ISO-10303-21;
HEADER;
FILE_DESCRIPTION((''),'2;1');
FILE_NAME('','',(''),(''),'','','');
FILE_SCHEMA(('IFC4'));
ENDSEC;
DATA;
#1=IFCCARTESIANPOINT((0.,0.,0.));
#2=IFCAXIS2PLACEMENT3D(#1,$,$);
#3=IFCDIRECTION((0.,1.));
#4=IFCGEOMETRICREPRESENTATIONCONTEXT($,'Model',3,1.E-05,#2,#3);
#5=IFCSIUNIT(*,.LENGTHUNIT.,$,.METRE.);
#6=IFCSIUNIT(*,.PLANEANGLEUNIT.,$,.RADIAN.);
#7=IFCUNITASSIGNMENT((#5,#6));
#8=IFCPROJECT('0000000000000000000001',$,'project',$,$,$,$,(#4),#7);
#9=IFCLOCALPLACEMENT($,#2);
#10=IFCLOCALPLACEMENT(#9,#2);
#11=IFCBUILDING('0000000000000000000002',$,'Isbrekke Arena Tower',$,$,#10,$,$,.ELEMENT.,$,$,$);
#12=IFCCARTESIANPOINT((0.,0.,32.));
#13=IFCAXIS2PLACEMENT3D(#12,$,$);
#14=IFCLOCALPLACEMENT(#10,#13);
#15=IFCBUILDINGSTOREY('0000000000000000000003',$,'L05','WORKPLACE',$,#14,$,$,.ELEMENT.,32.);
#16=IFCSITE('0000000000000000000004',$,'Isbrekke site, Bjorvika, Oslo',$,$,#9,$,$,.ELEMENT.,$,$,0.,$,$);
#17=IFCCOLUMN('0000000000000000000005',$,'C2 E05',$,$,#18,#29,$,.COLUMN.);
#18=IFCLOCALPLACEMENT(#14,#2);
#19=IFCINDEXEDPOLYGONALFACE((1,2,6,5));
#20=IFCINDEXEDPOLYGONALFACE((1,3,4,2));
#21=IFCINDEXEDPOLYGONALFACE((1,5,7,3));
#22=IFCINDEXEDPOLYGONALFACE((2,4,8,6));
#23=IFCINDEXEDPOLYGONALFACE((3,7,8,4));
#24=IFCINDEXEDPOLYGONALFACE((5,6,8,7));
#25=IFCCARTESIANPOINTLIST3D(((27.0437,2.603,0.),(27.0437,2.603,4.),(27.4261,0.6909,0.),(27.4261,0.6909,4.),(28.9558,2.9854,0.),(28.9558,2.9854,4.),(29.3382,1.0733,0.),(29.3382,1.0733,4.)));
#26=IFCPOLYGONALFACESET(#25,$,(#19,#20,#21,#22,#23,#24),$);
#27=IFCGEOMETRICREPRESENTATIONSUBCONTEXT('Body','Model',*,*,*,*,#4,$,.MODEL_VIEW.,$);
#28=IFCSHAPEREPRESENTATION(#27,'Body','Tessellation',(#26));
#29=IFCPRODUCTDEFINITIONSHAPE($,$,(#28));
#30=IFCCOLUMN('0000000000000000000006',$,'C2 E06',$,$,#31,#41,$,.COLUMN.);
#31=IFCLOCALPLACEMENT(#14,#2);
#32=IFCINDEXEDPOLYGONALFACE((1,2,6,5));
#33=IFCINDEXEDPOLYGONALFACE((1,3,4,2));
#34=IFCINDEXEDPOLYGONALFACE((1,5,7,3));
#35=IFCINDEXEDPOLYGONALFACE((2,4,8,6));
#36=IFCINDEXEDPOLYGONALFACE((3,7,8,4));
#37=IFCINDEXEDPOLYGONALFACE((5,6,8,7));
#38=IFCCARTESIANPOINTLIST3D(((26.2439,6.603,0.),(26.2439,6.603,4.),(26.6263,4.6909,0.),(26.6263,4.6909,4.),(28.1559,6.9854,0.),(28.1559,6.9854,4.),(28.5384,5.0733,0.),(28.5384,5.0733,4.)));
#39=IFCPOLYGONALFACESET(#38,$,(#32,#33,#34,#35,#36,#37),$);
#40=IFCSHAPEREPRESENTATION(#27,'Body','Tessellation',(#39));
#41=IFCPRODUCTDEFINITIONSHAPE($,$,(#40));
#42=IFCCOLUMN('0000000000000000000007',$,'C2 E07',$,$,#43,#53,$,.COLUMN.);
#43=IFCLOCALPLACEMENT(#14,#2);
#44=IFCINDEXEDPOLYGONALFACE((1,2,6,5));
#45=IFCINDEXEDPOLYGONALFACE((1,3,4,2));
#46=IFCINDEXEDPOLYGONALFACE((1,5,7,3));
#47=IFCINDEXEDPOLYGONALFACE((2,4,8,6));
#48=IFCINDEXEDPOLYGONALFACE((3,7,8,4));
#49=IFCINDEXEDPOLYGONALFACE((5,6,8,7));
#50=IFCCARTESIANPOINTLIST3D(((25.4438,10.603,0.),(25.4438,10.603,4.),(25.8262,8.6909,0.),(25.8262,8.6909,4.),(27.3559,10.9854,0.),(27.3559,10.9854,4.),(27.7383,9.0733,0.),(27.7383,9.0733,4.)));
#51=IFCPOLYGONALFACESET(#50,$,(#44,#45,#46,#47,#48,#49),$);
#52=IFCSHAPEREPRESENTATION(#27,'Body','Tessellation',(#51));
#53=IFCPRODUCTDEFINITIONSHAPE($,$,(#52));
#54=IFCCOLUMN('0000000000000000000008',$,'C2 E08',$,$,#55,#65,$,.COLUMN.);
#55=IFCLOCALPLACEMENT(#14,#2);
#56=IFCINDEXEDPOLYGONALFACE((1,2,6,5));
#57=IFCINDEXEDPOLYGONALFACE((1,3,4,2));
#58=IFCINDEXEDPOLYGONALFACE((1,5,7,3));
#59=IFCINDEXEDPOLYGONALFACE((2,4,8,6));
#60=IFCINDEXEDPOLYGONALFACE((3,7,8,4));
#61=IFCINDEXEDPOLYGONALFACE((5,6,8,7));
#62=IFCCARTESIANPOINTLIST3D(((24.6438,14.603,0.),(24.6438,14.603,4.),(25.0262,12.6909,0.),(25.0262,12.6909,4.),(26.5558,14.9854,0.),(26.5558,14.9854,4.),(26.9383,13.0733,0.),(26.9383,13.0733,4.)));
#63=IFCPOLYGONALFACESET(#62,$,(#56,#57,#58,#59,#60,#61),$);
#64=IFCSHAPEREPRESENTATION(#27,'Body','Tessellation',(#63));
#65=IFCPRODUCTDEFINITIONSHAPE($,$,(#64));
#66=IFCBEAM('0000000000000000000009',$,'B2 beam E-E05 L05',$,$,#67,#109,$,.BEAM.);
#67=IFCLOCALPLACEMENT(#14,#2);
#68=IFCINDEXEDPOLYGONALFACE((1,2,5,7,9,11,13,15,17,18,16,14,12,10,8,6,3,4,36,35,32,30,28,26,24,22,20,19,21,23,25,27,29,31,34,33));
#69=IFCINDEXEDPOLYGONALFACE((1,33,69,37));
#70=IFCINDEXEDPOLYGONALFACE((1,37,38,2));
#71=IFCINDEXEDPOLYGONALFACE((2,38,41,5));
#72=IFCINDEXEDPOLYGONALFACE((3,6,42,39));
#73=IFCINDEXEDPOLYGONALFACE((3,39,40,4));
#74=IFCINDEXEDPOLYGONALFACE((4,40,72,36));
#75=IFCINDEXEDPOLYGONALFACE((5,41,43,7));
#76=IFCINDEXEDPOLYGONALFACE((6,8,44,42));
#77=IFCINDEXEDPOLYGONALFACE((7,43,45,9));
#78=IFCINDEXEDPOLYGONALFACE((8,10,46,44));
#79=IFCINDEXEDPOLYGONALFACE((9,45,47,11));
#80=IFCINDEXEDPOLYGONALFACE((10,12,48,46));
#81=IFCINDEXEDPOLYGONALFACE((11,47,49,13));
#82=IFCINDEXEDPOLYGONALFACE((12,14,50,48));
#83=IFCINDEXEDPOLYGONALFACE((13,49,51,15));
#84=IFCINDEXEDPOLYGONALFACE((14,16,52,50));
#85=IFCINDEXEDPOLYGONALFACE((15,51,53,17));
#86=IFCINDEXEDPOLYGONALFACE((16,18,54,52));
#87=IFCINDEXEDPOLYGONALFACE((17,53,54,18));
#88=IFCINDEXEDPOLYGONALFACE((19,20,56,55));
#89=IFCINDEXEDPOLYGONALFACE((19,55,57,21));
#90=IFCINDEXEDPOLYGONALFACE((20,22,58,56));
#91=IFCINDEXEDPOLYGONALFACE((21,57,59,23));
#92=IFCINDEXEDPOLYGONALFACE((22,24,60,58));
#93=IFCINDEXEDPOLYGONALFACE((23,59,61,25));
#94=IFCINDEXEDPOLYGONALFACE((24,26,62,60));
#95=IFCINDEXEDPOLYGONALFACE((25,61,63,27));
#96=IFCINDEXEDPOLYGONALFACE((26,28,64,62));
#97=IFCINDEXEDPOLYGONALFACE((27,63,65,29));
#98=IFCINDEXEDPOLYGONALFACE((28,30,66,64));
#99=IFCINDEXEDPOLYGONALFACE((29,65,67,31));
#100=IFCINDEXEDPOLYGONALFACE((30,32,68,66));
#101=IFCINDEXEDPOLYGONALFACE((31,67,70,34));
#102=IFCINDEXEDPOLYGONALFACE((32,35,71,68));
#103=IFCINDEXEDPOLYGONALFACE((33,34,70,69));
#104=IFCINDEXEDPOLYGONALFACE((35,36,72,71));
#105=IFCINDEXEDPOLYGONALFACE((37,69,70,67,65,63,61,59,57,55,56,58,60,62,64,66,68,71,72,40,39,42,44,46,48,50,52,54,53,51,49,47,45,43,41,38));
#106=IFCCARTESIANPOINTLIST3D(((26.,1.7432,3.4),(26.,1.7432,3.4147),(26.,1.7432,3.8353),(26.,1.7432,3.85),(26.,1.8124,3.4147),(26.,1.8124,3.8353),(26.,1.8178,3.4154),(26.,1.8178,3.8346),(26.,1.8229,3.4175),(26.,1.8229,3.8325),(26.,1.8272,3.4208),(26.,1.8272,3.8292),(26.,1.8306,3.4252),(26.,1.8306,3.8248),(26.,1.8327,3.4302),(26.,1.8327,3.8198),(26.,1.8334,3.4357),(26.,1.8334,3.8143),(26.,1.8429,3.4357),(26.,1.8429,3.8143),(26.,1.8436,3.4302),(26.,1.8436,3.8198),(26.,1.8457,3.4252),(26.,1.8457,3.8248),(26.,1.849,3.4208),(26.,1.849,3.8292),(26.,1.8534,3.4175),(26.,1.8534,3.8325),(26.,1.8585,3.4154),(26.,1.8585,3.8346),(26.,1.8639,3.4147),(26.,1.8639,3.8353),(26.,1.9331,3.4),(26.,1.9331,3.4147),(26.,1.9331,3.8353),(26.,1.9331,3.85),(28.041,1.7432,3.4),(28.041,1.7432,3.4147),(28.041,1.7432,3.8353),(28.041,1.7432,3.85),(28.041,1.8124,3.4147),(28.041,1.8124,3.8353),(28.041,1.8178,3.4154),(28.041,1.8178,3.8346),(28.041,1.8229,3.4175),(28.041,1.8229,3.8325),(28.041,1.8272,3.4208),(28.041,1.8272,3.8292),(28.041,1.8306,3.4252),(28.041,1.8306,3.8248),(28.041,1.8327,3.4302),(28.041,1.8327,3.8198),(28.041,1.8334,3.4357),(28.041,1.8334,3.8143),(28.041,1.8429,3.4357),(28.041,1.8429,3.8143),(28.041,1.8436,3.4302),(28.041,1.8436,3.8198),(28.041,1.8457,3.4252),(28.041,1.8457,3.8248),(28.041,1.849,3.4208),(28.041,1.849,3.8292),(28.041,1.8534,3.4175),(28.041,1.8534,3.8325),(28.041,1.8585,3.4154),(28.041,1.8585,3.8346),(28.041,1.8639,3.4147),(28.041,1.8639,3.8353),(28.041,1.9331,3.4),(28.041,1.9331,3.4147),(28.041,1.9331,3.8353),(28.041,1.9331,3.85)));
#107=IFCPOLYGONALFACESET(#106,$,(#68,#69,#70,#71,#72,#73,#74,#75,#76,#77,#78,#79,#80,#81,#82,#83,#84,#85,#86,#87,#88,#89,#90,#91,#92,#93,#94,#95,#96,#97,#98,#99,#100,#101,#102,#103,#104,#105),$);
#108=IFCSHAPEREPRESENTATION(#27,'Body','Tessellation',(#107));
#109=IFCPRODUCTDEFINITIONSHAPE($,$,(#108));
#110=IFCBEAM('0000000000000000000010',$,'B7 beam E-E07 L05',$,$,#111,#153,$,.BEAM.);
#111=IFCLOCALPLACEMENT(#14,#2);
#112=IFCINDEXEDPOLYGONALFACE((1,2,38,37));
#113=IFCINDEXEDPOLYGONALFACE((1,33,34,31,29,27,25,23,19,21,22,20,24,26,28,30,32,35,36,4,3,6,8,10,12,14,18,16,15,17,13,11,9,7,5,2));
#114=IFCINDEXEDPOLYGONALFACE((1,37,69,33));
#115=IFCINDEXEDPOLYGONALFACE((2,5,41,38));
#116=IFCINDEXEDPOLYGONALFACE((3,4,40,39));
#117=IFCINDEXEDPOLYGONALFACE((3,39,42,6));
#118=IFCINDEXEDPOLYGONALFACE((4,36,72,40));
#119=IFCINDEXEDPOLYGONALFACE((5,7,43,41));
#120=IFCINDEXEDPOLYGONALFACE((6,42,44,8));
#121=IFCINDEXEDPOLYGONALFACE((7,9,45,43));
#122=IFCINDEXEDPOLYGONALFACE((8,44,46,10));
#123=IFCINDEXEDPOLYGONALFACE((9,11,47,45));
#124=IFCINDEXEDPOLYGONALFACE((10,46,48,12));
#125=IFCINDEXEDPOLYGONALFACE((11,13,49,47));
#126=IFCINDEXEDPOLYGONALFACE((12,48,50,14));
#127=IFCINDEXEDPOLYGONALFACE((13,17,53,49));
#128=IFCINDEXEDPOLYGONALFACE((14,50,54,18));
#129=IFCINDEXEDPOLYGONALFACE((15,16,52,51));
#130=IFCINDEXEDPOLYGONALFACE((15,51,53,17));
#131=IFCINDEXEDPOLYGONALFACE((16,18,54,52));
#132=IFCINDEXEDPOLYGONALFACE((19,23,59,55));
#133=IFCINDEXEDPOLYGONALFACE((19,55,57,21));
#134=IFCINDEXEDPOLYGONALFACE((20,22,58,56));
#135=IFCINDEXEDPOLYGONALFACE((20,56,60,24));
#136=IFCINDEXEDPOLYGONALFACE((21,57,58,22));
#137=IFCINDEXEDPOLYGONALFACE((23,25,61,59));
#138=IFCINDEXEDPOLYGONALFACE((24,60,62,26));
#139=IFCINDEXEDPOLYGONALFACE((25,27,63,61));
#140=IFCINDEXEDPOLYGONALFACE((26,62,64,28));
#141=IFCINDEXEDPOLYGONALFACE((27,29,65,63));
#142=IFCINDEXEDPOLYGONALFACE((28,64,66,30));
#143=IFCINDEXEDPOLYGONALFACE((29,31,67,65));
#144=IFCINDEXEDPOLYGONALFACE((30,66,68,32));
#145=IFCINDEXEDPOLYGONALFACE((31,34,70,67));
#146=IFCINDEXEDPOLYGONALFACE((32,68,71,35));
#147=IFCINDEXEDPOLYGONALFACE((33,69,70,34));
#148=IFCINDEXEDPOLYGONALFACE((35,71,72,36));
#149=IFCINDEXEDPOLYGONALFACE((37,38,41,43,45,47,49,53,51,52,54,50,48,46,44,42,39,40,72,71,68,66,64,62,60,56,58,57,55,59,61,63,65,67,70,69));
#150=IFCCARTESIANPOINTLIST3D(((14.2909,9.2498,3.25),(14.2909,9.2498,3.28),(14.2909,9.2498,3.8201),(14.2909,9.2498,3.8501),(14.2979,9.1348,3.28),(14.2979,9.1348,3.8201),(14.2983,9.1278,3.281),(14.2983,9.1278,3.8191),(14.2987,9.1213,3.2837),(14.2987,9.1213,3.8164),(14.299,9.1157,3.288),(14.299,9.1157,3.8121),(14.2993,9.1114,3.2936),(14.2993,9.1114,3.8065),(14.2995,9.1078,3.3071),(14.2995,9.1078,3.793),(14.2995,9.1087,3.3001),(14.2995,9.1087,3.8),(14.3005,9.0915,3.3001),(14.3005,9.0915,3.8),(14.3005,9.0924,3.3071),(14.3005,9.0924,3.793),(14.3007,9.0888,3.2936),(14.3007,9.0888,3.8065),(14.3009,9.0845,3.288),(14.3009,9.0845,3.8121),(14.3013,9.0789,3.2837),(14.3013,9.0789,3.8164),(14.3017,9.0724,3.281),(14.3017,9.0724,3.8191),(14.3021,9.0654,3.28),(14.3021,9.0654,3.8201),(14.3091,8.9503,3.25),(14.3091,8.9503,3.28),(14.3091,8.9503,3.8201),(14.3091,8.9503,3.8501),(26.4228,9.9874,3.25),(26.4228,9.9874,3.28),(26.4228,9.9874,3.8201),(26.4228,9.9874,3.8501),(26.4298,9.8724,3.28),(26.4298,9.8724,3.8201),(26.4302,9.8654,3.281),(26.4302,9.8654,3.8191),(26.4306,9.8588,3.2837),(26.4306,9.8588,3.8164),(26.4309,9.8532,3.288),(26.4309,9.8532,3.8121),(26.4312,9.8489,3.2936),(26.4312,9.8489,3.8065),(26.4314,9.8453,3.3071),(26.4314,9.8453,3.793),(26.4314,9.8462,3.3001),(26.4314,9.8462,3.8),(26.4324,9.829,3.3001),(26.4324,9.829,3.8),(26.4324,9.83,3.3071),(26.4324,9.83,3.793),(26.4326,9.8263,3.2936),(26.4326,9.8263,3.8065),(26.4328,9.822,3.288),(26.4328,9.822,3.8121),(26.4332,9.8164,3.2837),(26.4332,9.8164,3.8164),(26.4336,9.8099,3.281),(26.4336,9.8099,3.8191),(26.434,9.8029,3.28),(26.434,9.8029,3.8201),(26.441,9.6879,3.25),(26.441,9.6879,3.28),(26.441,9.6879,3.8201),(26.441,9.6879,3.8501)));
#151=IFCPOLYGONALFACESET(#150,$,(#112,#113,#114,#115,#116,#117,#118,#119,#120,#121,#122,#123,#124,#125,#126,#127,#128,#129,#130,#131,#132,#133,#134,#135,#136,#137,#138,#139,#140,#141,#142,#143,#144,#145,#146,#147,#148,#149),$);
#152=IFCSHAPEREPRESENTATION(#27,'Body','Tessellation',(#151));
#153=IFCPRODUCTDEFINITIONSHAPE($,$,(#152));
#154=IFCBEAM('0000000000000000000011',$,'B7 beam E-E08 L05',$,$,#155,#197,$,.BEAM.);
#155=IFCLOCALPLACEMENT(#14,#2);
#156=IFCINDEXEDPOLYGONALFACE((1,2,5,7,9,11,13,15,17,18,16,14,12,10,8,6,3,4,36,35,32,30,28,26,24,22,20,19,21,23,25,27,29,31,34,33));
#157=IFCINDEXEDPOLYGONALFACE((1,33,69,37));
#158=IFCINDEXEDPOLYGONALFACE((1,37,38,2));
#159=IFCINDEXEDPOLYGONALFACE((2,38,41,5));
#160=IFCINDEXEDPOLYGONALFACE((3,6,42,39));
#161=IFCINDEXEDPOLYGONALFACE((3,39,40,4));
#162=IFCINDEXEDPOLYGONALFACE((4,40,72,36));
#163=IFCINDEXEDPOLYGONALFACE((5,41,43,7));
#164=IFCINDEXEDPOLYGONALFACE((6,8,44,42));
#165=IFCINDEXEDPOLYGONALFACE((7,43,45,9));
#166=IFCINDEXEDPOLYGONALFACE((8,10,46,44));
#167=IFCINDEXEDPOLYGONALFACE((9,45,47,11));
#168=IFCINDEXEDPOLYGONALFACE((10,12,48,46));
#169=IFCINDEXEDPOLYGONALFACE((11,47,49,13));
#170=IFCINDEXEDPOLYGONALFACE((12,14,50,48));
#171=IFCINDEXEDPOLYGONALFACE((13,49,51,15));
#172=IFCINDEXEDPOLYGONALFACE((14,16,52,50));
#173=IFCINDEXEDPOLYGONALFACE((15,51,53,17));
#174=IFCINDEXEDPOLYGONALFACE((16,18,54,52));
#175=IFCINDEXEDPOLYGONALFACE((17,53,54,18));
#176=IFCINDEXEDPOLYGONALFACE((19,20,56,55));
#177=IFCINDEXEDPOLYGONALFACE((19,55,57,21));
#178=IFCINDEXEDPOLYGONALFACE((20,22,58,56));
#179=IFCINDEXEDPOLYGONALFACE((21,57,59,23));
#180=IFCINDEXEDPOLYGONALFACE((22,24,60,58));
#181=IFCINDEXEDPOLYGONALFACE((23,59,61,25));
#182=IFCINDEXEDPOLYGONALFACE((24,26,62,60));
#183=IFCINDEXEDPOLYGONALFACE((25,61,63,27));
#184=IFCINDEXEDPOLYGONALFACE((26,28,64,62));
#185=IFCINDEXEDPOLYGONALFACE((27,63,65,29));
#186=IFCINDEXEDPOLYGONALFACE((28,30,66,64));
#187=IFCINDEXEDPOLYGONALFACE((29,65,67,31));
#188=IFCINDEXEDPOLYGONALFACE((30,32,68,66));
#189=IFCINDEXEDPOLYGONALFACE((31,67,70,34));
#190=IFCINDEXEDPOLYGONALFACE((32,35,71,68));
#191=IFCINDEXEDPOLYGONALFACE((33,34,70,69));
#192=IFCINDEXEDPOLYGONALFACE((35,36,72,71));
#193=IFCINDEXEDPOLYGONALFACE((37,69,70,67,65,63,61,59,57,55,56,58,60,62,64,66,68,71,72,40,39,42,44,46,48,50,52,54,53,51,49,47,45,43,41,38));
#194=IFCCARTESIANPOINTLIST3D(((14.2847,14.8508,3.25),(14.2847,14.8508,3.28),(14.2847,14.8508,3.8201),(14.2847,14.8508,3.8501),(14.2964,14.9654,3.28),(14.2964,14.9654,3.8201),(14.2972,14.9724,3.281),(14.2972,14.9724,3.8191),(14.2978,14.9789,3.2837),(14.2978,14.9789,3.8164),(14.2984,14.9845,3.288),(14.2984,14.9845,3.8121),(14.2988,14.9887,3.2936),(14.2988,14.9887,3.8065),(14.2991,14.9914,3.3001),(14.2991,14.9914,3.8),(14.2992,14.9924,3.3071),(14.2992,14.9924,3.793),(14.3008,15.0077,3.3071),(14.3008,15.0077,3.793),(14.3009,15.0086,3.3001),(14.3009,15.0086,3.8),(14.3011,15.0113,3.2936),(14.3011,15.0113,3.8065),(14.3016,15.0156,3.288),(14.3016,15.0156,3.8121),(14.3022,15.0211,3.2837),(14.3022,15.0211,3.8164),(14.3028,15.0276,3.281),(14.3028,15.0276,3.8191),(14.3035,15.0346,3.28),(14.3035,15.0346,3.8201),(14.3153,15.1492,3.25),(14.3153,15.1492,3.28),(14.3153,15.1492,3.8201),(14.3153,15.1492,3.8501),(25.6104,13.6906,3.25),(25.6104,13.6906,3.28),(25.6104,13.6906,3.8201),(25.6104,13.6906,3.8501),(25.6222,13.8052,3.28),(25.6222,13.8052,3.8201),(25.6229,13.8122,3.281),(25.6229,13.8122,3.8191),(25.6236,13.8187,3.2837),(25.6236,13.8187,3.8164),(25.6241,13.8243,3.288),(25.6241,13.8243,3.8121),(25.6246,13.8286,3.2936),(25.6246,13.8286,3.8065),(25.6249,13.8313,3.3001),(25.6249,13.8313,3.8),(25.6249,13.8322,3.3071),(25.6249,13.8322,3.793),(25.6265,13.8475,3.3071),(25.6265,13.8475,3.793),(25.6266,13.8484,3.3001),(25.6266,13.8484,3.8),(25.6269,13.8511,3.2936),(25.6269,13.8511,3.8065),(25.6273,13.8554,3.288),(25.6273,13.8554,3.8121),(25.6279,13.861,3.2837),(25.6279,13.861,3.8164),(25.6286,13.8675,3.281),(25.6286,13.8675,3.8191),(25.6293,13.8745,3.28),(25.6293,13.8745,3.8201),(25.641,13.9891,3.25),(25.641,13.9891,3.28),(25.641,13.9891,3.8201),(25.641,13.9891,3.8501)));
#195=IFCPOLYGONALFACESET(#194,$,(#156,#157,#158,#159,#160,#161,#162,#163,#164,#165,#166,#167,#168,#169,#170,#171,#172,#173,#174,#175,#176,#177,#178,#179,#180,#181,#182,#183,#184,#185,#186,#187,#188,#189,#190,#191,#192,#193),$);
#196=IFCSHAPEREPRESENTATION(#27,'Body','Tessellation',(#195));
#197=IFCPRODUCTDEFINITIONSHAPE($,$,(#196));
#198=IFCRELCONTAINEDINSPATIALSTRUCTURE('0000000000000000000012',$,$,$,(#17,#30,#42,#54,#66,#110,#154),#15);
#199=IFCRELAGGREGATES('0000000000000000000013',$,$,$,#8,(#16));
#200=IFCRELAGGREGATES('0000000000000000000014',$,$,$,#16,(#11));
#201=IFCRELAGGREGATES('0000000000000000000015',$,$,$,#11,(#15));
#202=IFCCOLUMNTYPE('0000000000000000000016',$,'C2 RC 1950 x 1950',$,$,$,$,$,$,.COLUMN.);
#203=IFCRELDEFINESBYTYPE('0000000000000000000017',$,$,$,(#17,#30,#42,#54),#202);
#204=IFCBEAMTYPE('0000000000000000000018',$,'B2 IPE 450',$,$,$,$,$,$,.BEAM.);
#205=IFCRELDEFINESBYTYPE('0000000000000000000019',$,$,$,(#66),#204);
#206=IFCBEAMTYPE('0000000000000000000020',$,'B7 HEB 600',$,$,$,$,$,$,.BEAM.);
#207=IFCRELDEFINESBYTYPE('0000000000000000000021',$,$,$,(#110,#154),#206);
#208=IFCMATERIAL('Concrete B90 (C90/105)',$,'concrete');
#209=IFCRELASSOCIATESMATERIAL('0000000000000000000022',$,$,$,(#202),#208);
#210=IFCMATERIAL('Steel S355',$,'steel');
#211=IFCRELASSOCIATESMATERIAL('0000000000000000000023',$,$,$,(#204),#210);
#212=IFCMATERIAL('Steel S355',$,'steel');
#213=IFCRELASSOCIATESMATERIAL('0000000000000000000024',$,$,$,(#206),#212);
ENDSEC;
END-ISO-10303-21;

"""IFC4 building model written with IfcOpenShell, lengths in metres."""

from ifc_helpers import new_model, si_unit, direction, frame, origin, origin_2d, place, context, subcontext, project, spatial, rectangle, i_section, extrude, material, material_profile, profile_set, type_object, element, save


model = new_model("IFC4")

# Units and contexts
model_context = context("Model", 3, precision=1e-05, world=origin(), true_north=direction((0.0, 1.0)))
body_context = subcontext(model_context, "Body", "Model", "MODEL_VIEW")
ifc_project = project(units=[si_unit("LENGTHUNIT", "METRE"), si_unit("PLANEANGLEUNIT", "RADIAN")], contexts=[model_context])

# Site, building, storey
site_placement = place(None, origin())
site = spatial("IfcSite", under=ifc_project, at=site_placement, Name="Isbrekke site, Bjorvika, Oslo", CompositionType="ELEMENT", RefElevation=0.0)
building_placement = place(site_placement, origin())
building = spatial("IfcBuilding", under=site, at=building_placement, Name="Isbrekke Arena Tower", CompositionType="ELEMENT")
storey_placement = place(building_placement, frame((0.0, 0.0, 32.0)))
storey = spatial("IfcBuildingStorey", under=building, at=storey_placement, Name="L05", Description="WORKPLACE", CompositionType="ELEMENT", Elevation=32.0)

# Columns
ifc_material_1 = material(Name="Concrete B90 (C90/105)", Category="concrete")
ifc_material_profile_1 = material_profile(ifc_material_1, rectangle(XDim=1.95, YDim=1.95, at=origin_2d()), Name="RC 1950x1950")
ifc_profile_set_1 = profile_set([ifc_material_profile_1], Name="Concrete B90 (C90/105)")
column_type = type_object("IfcColumnType", Name="C2 RC 1950 x 1950", PredefinedType="COLUMN", material=ifc_profile_set_1)
for number, where, z_axis, x_axis, name in (
    (1, (28.1909, 1.8381, 0.0), (0.0, 0.0, 1.0), (-0.196116, 0.980581, 0.0), "C2 E05"),
    (2, (27.3911, 5.8381, 0.0), (0.0, 0.0, 1.0), (-0.196116, 0.980581, 0.0), "C2 E06"),
    (3, (26.5911, 9.8381, 0.0), (0.0, 0.0, 1.0), (-0.196116, 0.980581, 0.0), "C2 E07"),
    (4, (25.791, 13.8381, 0.0), (0.0, 0.0, 1.0), (-0.196116, 0.980581, 0.0), "C2 E08"),
):
    element("IfcColumn", number, at=place(storey_placement, frame(where, z_axis=z_axis, x_axis=x_axis)), inside=storey, type_object=column_type, Name=name, PredefinedType="COLUMN", context=body_context, shape_type="SweptSolid", body=[
        extrude(rectangle(XDim=1.95, YDim=1.95, at=origin_2d()), origin(), (0.0, 0.0, 1.0), 4.0),
    ])

# Beams
ifc_material_2 = material(Name="Steel S355", Category="steel")
ifc_material_profile_2 = material_profile(ifc_material_2, i_section(OverallWidth=0.1899, OverallDepth=0.45, WebThickness=0.0095, FlangeThickness=0.0146, FilletRadius=0.021, at=origin_2d()), Name="IPE 450")
ifc_profile_set_2 = profile_set([ifc_material_profile_2], Name="Steel S355")
beam_type_1 = type_object("IfcBeamType", Name="B2 IPE 450", PredefinedType="BEAM", material=ifc_profile_set_2)
beam_1_placement = place(storey_placement, frame((28.041, 1.8381, 3.625), z_axis=(-1.0, 0.0, 0.0), x_axis=(0.0, -1.0, 0.0)))
element("IfcBeam", 5, at=beam_1_placement, inside=storey, type_object=beam_type_1, Name="B2 beam E-E05 L05", PredefinedType="BEAM", context=body_context, shape_type="SweptSolid", body=[
    extrude(i_section(OverallWidth=0.1899, OverallDepth=0.45, WebThickness=0.0095, FlangeThickness=0.0146, FilletRadius=0.021, at=origin_2d()), origin(), (0.0, 0.0, 1.0), 2.041),
])
ifc_material_3 = material(Name="Steel S355", Category="steel")
ifc_material_profile_3 = material_profile(ifc_material_3, i_section(OverallWidth=0.3, OverallDepth=0.6001, WebThickness=0.0154, FlangeThickness=0.03, FilletRadius=0.0271, at=origin_2d()), Name="HEB 600")
ifc_profile_set_3 = profile_set([ifc_material_profile_3], Name="Steel S355")
beam_type_2 = type_object("IfcBeamType", Name="B7 HEB 600", PredefinedType="BEAM", material=ifc_profile_set_3)
beam_2_placement = place(storey_placement, frame((26.4319, 9.8376, 3.55), z_axis=(-0.998157, -0.060682, 0.0), x_axis=(0.060682, -0.998157, 0.0)))
element("IfcBeam", 6, at=beam_2_placement, inside=storey, type_object=beam_type_2, Name="B7 beam E-E07 L05", PredefinedType="BEAM", context=body_context, shape_type="SweptSolid", body=[
    extrude(i_section(OverallWidth=0.3, OverallDepth=0.6001, WebThickness=0.0154, FlangeThickness=0.03, FilletRadius=0.0271, at=origin_2d()), origin(), (0.0, 0.0, 1.0), 12.1543),
])
beam_3_placement = place(storey_placement, frame((25.6257, 13.8398, 3.55), z_axis=(-0.994794, 0.101903, 0.0), x_axis=(-0.101903, -0.994794, 0.0)))
element("IfcBeam", 7, at=beam_3_placement, inside=storey, type_object=beam_type_2, Name="B7 beam E-E08 L05", PredefinedType="BEAM", context=body_context, shape_type="SweptSolid", body=[
    extrude(i_section(OverallWidth=0.3, OverallDepth=0.6001, WebThickness=0.0154, FlangeThickness=0.03, FilletRadius=0.0271, at=origin_2d()), origin(), (0.0, 0.0, 1.0), 11.385),
])

save(model, "model.ifc")
